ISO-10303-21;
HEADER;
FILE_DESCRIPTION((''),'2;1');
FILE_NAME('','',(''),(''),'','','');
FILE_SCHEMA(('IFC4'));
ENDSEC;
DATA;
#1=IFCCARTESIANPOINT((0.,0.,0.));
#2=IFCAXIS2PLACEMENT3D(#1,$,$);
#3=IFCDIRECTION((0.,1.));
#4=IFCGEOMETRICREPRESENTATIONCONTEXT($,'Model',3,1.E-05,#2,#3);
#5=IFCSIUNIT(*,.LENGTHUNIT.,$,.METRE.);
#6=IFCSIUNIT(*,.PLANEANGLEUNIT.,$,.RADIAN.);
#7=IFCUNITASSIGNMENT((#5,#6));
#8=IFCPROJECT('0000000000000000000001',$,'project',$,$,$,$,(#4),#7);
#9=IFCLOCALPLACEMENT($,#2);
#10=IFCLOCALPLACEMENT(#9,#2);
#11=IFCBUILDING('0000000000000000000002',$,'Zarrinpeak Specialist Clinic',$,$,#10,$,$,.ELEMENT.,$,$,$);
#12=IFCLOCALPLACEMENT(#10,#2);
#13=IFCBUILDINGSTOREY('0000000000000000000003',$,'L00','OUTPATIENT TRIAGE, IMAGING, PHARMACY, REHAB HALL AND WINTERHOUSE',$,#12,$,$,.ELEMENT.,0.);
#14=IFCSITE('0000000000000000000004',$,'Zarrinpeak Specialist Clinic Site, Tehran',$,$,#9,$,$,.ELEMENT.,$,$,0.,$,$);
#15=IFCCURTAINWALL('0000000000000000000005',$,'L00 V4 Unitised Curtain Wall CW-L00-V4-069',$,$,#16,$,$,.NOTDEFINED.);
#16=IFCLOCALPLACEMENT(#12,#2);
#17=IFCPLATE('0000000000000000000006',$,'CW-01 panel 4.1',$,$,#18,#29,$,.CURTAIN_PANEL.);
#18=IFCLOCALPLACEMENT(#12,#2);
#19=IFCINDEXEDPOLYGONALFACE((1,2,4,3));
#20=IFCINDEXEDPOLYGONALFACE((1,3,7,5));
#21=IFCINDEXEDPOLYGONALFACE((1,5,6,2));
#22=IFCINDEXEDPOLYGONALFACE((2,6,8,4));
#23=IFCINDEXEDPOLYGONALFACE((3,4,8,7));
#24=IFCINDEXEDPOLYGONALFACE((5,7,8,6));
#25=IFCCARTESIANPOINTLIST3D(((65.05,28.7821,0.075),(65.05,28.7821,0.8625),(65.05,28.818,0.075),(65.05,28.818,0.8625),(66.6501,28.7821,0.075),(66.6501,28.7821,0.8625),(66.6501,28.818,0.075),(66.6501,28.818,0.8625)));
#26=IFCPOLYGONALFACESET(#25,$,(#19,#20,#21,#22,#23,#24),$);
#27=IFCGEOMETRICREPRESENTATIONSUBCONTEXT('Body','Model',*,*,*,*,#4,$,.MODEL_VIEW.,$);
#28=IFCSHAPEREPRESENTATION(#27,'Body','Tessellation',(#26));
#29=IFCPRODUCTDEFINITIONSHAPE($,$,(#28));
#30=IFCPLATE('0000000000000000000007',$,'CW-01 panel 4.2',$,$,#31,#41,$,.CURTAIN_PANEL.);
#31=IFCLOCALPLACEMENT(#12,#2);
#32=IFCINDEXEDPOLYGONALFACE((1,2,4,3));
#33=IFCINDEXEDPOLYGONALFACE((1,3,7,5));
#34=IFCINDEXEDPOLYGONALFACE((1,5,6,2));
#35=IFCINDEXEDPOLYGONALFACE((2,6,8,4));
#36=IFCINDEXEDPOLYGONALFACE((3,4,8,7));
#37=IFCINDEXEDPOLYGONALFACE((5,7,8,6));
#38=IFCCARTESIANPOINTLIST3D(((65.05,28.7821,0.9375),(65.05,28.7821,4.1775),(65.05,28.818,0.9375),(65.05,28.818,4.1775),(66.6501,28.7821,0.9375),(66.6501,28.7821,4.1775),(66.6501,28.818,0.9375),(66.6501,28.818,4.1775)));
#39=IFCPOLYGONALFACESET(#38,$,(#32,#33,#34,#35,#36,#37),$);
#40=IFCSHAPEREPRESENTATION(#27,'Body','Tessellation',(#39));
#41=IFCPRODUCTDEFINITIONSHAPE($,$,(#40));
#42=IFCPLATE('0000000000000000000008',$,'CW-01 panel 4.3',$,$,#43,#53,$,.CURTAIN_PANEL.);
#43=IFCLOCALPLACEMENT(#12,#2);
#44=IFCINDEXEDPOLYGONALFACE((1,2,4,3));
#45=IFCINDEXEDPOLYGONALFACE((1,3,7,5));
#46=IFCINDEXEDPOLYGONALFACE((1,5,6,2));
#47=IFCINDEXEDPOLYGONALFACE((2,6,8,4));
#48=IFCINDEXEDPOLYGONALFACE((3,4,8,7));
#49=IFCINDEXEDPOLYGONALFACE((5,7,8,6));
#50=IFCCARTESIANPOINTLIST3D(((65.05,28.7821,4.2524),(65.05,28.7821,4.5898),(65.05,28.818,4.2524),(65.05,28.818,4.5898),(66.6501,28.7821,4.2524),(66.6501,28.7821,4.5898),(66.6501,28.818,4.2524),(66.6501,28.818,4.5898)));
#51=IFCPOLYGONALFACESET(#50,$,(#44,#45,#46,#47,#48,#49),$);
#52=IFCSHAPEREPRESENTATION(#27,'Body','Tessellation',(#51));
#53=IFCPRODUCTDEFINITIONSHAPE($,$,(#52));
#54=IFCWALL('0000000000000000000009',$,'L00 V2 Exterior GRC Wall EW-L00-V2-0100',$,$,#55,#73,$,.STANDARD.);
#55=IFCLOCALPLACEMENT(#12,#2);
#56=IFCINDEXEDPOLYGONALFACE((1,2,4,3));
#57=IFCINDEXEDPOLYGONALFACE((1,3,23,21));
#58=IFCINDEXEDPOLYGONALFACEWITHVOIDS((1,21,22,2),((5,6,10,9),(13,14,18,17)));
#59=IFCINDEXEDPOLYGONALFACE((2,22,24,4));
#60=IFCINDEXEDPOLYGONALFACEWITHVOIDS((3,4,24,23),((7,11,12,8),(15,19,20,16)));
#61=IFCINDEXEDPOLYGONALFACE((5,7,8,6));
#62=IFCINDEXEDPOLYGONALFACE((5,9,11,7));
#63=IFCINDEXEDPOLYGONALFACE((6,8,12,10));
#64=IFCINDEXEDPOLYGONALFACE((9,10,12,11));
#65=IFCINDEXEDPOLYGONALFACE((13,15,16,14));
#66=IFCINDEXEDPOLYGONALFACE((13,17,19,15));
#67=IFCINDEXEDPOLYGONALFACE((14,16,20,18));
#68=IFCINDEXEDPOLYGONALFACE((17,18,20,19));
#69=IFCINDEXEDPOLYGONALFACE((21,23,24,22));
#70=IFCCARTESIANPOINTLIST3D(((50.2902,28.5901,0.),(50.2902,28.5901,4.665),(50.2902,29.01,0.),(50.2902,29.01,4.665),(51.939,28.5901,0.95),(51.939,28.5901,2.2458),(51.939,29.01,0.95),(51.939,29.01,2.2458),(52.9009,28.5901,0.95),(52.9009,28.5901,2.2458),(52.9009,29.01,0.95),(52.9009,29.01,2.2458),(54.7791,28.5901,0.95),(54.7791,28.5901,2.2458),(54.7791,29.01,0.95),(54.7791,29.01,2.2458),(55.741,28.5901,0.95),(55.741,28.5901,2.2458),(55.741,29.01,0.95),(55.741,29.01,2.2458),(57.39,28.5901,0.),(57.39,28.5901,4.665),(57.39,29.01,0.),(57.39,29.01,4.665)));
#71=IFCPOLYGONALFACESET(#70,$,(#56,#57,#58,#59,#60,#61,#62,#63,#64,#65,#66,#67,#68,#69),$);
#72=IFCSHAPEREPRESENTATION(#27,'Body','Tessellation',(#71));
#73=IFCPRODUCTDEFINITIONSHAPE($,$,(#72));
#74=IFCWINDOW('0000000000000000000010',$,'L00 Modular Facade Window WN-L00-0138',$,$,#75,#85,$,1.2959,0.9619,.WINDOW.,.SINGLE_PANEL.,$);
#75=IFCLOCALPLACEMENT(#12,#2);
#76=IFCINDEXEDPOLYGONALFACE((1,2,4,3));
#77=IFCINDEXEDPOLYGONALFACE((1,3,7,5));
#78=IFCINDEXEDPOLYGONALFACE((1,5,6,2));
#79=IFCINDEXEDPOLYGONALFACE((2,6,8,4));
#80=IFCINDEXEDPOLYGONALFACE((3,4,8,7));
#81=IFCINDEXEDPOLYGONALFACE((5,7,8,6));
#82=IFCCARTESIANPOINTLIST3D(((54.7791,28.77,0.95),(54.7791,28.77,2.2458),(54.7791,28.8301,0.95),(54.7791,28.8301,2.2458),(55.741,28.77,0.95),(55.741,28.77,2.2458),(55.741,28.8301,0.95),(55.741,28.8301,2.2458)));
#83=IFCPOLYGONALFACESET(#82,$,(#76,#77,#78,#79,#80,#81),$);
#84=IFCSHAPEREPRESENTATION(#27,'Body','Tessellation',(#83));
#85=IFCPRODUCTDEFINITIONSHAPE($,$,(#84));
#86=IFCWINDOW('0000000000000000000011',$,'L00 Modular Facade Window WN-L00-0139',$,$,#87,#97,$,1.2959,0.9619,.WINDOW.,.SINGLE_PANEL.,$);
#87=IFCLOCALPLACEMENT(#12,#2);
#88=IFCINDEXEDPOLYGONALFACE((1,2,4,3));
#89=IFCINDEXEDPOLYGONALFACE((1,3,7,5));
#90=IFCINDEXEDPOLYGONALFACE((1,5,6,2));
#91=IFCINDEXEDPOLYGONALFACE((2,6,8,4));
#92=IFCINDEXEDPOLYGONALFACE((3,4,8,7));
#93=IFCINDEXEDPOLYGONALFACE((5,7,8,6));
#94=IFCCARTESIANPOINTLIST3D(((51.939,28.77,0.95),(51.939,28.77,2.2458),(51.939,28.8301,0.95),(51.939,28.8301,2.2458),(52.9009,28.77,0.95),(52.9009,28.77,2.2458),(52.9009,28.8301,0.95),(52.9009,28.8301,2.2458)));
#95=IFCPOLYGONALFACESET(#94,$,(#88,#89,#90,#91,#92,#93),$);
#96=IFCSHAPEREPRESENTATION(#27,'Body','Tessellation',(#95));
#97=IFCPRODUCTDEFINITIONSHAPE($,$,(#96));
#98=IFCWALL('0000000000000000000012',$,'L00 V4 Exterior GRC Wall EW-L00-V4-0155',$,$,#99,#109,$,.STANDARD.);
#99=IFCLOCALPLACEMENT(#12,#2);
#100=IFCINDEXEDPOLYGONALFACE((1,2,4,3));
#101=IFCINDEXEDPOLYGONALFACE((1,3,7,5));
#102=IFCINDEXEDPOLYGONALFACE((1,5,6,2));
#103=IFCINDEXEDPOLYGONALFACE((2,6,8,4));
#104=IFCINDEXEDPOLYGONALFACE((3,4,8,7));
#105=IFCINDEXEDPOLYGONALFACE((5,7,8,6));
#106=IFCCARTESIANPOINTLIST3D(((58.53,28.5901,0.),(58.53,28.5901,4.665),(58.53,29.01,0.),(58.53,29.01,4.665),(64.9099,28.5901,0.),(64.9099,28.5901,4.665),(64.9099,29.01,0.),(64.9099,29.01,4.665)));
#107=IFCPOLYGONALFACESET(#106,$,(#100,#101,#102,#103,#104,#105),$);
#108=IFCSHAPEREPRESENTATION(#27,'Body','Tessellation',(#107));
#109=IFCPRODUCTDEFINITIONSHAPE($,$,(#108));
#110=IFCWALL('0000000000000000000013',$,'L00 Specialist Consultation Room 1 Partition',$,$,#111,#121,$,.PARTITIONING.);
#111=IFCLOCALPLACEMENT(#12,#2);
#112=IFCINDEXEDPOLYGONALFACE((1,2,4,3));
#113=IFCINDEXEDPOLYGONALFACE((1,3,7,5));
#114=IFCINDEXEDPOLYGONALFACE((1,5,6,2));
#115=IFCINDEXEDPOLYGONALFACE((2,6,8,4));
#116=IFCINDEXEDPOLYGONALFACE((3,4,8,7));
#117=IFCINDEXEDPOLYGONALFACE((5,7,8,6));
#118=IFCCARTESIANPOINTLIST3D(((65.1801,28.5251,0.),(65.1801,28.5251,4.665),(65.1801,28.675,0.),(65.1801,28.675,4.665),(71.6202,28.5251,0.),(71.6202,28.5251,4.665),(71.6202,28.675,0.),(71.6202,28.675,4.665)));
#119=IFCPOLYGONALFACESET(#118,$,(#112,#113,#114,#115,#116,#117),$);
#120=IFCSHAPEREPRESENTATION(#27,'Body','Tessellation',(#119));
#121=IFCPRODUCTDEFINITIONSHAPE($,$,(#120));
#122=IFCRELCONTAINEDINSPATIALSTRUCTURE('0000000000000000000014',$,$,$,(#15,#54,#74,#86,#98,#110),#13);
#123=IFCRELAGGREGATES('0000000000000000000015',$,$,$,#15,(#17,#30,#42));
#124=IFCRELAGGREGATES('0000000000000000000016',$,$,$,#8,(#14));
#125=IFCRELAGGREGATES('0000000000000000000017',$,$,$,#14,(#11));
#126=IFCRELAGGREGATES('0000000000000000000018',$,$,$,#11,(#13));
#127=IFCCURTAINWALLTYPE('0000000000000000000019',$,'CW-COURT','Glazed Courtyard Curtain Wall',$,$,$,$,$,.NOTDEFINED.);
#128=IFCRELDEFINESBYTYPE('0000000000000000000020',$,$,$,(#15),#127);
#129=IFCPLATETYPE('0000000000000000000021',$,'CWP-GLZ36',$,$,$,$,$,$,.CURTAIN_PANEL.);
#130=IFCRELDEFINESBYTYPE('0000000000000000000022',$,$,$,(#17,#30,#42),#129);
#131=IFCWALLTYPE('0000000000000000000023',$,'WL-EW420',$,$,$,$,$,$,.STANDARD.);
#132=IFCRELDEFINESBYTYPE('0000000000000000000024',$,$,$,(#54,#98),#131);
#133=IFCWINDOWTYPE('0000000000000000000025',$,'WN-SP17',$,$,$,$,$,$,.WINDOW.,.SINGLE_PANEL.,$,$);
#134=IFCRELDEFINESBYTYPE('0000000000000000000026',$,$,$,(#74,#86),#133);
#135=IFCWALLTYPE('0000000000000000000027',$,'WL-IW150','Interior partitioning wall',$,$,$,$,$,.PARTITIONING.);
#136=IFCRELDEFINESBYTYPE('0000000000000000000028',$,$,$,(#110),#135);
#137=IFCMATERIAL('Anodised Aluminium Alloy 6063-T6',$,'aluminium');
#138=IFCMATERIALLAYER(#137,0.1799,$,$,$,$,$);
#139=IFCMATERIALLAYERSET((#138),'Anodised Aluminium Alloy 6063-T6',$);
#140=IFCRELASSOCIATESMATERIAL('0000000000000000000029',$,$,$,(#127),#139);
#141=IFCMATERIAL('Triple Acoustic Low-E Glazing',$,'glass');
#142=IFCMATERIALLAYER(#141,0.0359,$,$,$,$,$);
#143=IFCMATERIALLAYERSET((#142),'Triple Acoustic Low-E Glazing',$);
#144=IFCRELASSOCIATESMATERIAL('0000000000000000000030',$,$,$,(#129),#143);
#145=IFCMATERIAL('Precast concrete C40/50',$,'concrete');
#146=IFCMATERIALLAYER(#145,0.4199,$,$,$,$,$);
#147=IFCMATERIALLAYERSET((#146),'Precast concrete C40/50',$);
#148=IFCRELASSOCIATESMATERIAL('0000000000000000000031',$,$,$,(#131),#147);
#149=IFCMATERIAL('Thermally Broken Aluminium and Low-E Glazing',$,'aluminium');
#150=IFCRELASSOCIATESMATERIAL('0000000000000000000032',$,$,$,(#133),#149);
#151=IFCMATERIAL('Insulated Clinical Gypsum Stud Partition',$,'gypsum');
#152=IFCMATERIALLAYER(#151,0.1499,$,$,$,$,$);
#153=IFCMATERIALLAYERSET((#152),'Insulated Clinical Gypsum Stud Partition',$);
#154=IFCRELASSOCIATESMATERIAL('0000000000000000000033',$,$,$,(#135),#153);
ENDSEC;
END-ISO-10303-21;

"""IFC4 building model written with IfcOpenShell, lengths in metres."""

from ifc_helpers import new_model, si_unit, direction, frame, frame_2d, origin, origin_2d, place, context, subcontext, project, spatial, rectangle, extrude, material, layer, layer_set, type_object, element, fill, aggregate, save


model = new_model("IFC4")

# Units and contexts
model_context = context("Model", 3, precision=1e-05, world=origin(), true_north=direction((0.0, 1.0)))
body_context = subcontext(model_context, "Body", "Model", "MODEL_VIEW")
ifc_project = project(units=[si_unit("LENGTHUNIT", "METRE"), si_unit("PLANEANGLEUNIT", "RADIAN")], contexts=[model_context])

# Site, building, storey
site_placement = place(None, origin())
site = spatial("IfcSite", under=ifc_project, at=site_placement, Name="Zarrinpeak Specialist Clinic Site, Tehran", CompositionType="ELEMENT", RefElevation=0.0)
building_placement = place(site_placement, origin())
building = spatial("IfcBuilding", under=site, at=building_placement, Name="Zarrinpeak Specialist Clinic", CompositionType="ELEMENT")
storey_placement = place(building_placement, origin())
storey = spatial("IfcBuildingStorey", under=building, at=storey_placement, Name="L00", Description="OUTPATIENT TRIAGE, IMAGING, PHARMACY, REHAB HALL AND WINTERHOUSE", CompositionType="ELEMENT", Elevation=0.0)

# Curtain wall, plates
ifc_material_1 = material(Name="Anodised Aluminium Alloy 6063-T6", Category="aluminium")
ifc_layer_1 = layer(ifc_material_1, 0.1799)
ifc_layer_set_1 = layer_set([ifc_layer_1], Name="Anodised Aluminium Alloy 6063-T6")
curtain_wall_type = type_object("IfcCurtainWallType", Name="CW-COURT", Description="Glazed Courtyard Curtain Wall", PredefinedType="NOTDEFINED", material=ifc_layer_set_1)
curtain_wall_placement = place(storey_placement, origin())
curtain_wall = element("IfcCurtainWall", 1, at=curtain_wall_placement, inside=storey, type_object=curtain_wall_type, Name="L00 V4 Unitised Curtain Wall CW-L00-V4-069", PredefinedType="NOTDEFINED")
ifc_material_2 = material(Name="Triple Acoustic Low-E Glazing", Category="glass")
ifc_layer_2 = layer(ifc_material_2, 0.0359)
ifc_layer_set_2 = layer_set([ifc_layer_2], Name="Triple Acoustic Low-E Glazing")
plate_type = type_object("IfcPlateType", Name="CWP-GLZ36", PredefinedType="CURTAIN_PANEL", material=ifc_layer_set_2)
plate_1_placement = place(storey_placement, frame((65.8501, 28.8, 0.075), z_axis=(0.0, 0.0, 1.0), x_axis=(-1.0, 0.0, 0.0)))
plate_1 = element("IfcPlate", 2, at=plate_1_placement, type_object=plate_type, Name="CW-01 panel 4.1", PredefinedType="CURTAIN_PANEL", context=body_context, shape_type="SweptSolid", body=[
    extrude(rectangle(XDim=1.6001, YDim=0.0359, at=origin_2d()), origin(), (0.0, 0.0, 1.0), 0.7876),
])
plate_2_placement = place(storey_placement, frame((65.8501, 28.8, 0.9375), z_axis=(0.0, 0.0, 1.0), x_axis=(-1.0, 0.0, 0.0)))
plate_2 = element("IfcPlate", 3, at=plate_2_placement, type_object=plate_type, Name="CW-01 panel 4.2", PredefinedType="CURTAIN_PANEL", context=body_context, shape_type="SweptSolid", body=[
    extrude(rectangle(XDim=1.6001, YDim=0.0359, at=origin_2d()), origin(), (0.0, 0.0, 1.0), 3.24),
])
plate_3_placement = place(storey_placement, frame((65.8501, 28.8, 4.2524), z_axis=(0.0, 0.0, 1.0), x_axis=(-1.0, 0.0, 0.0)))
plate_3 = element("IfcPlate", 4, at=plate_3_placement, type_object=plate_type, Name="CW-01 panel 4.3", PredefinedType="CURTAIN_PANEL", context=body_context, shape_type="SweptSolid", body=[
    extrude(rectangle(XDim=1.6001, YDim=0.0359, at=origin_2d()), origin(), (0.0, 0.0, 1.0), 0.3374),
])
aggregate(curtain_wall, [plate_1, plate_2, plate_3])

# Wall, openings, windows
ifc_material_3 = material(Name="Precast concrete C40/50", Category="concrete")
ifc_layer_3 = layer(ifc_material_3, 0.4199)
ifc_layer_set_3 = layer_set([ifc_layer_3], Name="Precast concrete C40/50")
wall_type_1 = type_object("IfcWallType", Name="WL-EW420", PredefinedType="STANDARD", material=ifc_layer_set_3)
wall_1_placement = place(storey_placement, frame((57.3899, 28.8, 0.0), z_axis=(0.0, 0.0, 1.0), x_axis=(-1.0, 0.0, 0.0)))
wall_1 = element("IfcWall", 5, at=wall_1_placement, inside=storey, type_object=wall_type_1, Name="L00 V2 Exterior GRC Wall EW-L00-V2-0100", PredefinedType="STANDARD", context=body_context, shape_type="SweptSolid", body=[
    extrude(rectangle(XDim=7.0999, YDim=0.4199, at=frame_2d((3.5498, 0.0))), origin(), (0.0, 0.0, 1.0), 4.665),
])
opening_1_placement = place(wall_1_placement, frame((1.6489, 0.0, 0.95)))
opening_1 = element("IfcOpeningElement", 6, at=opening_1_placement, cuts=wall_1, PredefinedType="OPENING", context=body_context, shape_type="SweptSolid", body=[
    extrude(rectangle(XDim=0.9619, YDim=1.2959, at=frame_2d((0.481, 0.6479))), frame((0.0, 0.22, 0.0), z_axis=(0.0, -1.0, 0.0), x_axis=(1.0, 0.0, 0.0)), (0.0, 0.0, 1.0), 0.4399),
])
opening_2_placement = place(wall_1_placement, frame((4.489, 0.0, 0.95)))
opening_2 = element("IfcOpeningElement", 7, at=opening_2_placement, cuts=wall_1, PredefinedType="OPENING", context=body_context, shape_type="SweptSolid", body=[
    extrude(rectangle(XDim=0.9619, YDim=1.2959, at=frame_2d((0.481, 0.6479))), frame((0.0, 0.22, 0.0), z_axis=(0.0, -1.0, 0.0), x_axis=(1.0, 0.0, 0.0)), (0.0, 0.0, 1.0), 0.4399),
])
ifc_material_4 = material(Name="Thermally Broken Aluminium and Low-E Glazing", Category="aluminium")
window_type = type_object("IfcWindowType", Name="WN-SP17", PartitioningType="SINGLE_PANEL", PredefinedType="WINDOW", material=ifc_material_4)
window_1_placement = place(opening_1_placement, origin())
window_1 = element("IfcWindow", 8, at=window_1_placement, inside=storey, type_object=window_type, Name="L00 Modular Facade Window WN-L00-0138", OverallHeight=1.2959, OverallWidth=0.9619, PartitioningType="SINGLE_PANEL", PredefinedType="WINDOW", context=body_context, shape_type="SweptSolid", body=[
    extrude(rectangle(XDim=0.9619, YDim=1.2959, at=frame_2d((0.481, 0.6479))), frame((0.0, 0.03, 0.0), z_axis=(0.0, -1.0, 0.0), x_axis=(1.0, 0.0, 0.0)), (0.0, 0.0, 1.0), 0.0601),
])
fill(opening_1, window_1)
window_2_placement = place(opening_2_placement, origin())
window_2 = element("IfcWindow", 9, at=window_2_placement, inside=storey, type_object=window_type, Name="L00 Modular Facade Window WN-L00-0139", OverallHeight=1.2959, OverallWidth=0.9619, PartitioningType="SINGLE_PANEL", PredefinedType="WINDOW", context=body_context, shape_type="SweptSolid", body=[
    extrude(rectangle(XDim=0.9619, YDim=1.2959, at=frame_2d((0.481, 0.6479))), frame((0.0, 0.03, 0.0), z_axis=(0.0, -1.0, 0.0), x_axis=(1.0, 0.0, 0.0)), (0.0, 0.0, 1.0), 0.0601),
])
fill(opening_2, window_2)

# Walls
wall_2_placement = place(storey_placement, frame((64.9099, 28.8, 0.0), z_axis=(0.0, 0.0, 1.0), x_axis=(-1.0, 0.0, 0.0)))
element("IfcWall", 10, at=wall_2_placement, inside=storey, type_object=wall_type_1, Name="L00 V4 Exterior GRC Wall EW-L00-V4-0155", PredefinedType="STANDARD", context=body_context, shape_type="SweptSolid", body=[
    extrude(rectangle(XDim=6.3799, YDim=0.4199, at=frame_2d((3.1899, 0.0))), origin(), (0.0, 0.0, 1.0), 4.665),
])
ifc_material_5 = material(Name="Insulated Clinical Gypsum Stud Partition", Category="gypsum")
ifc_layer_4 = layer(ifc_material_5, 0.1499)
ifc_layer_set_4 = layer_set([ifc_layer_4], Name="Insulated Clinical Gypsum Stud Partition")
wall_type_2 = type_object("IfcWallType", Name="WL-IW150", Description="Interior partitioning wall", PredefinedType="PARTITIONING", material=ifc_layer_set_4)
wall_3_placement = place(storey_placement, frame((65.1799, 28.6001, 0.0), z_axis=(0.0, 0.0, 1.0), x_axis=(1.0, 0.0, 0.0)))
element("IfcWall", 11, at=wall_3_placement, inside=storey, type_object=wall_type_2, Name="L00 Specialist Consultation Room 1 Partition", PredefinedType="PARTITIONING", context=body_context, shape_type="SweptSolid", body=[
    extrude(rectangle(XDim=6.4402, YDim=0.1499, at=frame_2d((3.2202, 0.0))), origin(), (0.0, 0.0, 1.0), 4.665),
])

save(model, "model.ifc")
